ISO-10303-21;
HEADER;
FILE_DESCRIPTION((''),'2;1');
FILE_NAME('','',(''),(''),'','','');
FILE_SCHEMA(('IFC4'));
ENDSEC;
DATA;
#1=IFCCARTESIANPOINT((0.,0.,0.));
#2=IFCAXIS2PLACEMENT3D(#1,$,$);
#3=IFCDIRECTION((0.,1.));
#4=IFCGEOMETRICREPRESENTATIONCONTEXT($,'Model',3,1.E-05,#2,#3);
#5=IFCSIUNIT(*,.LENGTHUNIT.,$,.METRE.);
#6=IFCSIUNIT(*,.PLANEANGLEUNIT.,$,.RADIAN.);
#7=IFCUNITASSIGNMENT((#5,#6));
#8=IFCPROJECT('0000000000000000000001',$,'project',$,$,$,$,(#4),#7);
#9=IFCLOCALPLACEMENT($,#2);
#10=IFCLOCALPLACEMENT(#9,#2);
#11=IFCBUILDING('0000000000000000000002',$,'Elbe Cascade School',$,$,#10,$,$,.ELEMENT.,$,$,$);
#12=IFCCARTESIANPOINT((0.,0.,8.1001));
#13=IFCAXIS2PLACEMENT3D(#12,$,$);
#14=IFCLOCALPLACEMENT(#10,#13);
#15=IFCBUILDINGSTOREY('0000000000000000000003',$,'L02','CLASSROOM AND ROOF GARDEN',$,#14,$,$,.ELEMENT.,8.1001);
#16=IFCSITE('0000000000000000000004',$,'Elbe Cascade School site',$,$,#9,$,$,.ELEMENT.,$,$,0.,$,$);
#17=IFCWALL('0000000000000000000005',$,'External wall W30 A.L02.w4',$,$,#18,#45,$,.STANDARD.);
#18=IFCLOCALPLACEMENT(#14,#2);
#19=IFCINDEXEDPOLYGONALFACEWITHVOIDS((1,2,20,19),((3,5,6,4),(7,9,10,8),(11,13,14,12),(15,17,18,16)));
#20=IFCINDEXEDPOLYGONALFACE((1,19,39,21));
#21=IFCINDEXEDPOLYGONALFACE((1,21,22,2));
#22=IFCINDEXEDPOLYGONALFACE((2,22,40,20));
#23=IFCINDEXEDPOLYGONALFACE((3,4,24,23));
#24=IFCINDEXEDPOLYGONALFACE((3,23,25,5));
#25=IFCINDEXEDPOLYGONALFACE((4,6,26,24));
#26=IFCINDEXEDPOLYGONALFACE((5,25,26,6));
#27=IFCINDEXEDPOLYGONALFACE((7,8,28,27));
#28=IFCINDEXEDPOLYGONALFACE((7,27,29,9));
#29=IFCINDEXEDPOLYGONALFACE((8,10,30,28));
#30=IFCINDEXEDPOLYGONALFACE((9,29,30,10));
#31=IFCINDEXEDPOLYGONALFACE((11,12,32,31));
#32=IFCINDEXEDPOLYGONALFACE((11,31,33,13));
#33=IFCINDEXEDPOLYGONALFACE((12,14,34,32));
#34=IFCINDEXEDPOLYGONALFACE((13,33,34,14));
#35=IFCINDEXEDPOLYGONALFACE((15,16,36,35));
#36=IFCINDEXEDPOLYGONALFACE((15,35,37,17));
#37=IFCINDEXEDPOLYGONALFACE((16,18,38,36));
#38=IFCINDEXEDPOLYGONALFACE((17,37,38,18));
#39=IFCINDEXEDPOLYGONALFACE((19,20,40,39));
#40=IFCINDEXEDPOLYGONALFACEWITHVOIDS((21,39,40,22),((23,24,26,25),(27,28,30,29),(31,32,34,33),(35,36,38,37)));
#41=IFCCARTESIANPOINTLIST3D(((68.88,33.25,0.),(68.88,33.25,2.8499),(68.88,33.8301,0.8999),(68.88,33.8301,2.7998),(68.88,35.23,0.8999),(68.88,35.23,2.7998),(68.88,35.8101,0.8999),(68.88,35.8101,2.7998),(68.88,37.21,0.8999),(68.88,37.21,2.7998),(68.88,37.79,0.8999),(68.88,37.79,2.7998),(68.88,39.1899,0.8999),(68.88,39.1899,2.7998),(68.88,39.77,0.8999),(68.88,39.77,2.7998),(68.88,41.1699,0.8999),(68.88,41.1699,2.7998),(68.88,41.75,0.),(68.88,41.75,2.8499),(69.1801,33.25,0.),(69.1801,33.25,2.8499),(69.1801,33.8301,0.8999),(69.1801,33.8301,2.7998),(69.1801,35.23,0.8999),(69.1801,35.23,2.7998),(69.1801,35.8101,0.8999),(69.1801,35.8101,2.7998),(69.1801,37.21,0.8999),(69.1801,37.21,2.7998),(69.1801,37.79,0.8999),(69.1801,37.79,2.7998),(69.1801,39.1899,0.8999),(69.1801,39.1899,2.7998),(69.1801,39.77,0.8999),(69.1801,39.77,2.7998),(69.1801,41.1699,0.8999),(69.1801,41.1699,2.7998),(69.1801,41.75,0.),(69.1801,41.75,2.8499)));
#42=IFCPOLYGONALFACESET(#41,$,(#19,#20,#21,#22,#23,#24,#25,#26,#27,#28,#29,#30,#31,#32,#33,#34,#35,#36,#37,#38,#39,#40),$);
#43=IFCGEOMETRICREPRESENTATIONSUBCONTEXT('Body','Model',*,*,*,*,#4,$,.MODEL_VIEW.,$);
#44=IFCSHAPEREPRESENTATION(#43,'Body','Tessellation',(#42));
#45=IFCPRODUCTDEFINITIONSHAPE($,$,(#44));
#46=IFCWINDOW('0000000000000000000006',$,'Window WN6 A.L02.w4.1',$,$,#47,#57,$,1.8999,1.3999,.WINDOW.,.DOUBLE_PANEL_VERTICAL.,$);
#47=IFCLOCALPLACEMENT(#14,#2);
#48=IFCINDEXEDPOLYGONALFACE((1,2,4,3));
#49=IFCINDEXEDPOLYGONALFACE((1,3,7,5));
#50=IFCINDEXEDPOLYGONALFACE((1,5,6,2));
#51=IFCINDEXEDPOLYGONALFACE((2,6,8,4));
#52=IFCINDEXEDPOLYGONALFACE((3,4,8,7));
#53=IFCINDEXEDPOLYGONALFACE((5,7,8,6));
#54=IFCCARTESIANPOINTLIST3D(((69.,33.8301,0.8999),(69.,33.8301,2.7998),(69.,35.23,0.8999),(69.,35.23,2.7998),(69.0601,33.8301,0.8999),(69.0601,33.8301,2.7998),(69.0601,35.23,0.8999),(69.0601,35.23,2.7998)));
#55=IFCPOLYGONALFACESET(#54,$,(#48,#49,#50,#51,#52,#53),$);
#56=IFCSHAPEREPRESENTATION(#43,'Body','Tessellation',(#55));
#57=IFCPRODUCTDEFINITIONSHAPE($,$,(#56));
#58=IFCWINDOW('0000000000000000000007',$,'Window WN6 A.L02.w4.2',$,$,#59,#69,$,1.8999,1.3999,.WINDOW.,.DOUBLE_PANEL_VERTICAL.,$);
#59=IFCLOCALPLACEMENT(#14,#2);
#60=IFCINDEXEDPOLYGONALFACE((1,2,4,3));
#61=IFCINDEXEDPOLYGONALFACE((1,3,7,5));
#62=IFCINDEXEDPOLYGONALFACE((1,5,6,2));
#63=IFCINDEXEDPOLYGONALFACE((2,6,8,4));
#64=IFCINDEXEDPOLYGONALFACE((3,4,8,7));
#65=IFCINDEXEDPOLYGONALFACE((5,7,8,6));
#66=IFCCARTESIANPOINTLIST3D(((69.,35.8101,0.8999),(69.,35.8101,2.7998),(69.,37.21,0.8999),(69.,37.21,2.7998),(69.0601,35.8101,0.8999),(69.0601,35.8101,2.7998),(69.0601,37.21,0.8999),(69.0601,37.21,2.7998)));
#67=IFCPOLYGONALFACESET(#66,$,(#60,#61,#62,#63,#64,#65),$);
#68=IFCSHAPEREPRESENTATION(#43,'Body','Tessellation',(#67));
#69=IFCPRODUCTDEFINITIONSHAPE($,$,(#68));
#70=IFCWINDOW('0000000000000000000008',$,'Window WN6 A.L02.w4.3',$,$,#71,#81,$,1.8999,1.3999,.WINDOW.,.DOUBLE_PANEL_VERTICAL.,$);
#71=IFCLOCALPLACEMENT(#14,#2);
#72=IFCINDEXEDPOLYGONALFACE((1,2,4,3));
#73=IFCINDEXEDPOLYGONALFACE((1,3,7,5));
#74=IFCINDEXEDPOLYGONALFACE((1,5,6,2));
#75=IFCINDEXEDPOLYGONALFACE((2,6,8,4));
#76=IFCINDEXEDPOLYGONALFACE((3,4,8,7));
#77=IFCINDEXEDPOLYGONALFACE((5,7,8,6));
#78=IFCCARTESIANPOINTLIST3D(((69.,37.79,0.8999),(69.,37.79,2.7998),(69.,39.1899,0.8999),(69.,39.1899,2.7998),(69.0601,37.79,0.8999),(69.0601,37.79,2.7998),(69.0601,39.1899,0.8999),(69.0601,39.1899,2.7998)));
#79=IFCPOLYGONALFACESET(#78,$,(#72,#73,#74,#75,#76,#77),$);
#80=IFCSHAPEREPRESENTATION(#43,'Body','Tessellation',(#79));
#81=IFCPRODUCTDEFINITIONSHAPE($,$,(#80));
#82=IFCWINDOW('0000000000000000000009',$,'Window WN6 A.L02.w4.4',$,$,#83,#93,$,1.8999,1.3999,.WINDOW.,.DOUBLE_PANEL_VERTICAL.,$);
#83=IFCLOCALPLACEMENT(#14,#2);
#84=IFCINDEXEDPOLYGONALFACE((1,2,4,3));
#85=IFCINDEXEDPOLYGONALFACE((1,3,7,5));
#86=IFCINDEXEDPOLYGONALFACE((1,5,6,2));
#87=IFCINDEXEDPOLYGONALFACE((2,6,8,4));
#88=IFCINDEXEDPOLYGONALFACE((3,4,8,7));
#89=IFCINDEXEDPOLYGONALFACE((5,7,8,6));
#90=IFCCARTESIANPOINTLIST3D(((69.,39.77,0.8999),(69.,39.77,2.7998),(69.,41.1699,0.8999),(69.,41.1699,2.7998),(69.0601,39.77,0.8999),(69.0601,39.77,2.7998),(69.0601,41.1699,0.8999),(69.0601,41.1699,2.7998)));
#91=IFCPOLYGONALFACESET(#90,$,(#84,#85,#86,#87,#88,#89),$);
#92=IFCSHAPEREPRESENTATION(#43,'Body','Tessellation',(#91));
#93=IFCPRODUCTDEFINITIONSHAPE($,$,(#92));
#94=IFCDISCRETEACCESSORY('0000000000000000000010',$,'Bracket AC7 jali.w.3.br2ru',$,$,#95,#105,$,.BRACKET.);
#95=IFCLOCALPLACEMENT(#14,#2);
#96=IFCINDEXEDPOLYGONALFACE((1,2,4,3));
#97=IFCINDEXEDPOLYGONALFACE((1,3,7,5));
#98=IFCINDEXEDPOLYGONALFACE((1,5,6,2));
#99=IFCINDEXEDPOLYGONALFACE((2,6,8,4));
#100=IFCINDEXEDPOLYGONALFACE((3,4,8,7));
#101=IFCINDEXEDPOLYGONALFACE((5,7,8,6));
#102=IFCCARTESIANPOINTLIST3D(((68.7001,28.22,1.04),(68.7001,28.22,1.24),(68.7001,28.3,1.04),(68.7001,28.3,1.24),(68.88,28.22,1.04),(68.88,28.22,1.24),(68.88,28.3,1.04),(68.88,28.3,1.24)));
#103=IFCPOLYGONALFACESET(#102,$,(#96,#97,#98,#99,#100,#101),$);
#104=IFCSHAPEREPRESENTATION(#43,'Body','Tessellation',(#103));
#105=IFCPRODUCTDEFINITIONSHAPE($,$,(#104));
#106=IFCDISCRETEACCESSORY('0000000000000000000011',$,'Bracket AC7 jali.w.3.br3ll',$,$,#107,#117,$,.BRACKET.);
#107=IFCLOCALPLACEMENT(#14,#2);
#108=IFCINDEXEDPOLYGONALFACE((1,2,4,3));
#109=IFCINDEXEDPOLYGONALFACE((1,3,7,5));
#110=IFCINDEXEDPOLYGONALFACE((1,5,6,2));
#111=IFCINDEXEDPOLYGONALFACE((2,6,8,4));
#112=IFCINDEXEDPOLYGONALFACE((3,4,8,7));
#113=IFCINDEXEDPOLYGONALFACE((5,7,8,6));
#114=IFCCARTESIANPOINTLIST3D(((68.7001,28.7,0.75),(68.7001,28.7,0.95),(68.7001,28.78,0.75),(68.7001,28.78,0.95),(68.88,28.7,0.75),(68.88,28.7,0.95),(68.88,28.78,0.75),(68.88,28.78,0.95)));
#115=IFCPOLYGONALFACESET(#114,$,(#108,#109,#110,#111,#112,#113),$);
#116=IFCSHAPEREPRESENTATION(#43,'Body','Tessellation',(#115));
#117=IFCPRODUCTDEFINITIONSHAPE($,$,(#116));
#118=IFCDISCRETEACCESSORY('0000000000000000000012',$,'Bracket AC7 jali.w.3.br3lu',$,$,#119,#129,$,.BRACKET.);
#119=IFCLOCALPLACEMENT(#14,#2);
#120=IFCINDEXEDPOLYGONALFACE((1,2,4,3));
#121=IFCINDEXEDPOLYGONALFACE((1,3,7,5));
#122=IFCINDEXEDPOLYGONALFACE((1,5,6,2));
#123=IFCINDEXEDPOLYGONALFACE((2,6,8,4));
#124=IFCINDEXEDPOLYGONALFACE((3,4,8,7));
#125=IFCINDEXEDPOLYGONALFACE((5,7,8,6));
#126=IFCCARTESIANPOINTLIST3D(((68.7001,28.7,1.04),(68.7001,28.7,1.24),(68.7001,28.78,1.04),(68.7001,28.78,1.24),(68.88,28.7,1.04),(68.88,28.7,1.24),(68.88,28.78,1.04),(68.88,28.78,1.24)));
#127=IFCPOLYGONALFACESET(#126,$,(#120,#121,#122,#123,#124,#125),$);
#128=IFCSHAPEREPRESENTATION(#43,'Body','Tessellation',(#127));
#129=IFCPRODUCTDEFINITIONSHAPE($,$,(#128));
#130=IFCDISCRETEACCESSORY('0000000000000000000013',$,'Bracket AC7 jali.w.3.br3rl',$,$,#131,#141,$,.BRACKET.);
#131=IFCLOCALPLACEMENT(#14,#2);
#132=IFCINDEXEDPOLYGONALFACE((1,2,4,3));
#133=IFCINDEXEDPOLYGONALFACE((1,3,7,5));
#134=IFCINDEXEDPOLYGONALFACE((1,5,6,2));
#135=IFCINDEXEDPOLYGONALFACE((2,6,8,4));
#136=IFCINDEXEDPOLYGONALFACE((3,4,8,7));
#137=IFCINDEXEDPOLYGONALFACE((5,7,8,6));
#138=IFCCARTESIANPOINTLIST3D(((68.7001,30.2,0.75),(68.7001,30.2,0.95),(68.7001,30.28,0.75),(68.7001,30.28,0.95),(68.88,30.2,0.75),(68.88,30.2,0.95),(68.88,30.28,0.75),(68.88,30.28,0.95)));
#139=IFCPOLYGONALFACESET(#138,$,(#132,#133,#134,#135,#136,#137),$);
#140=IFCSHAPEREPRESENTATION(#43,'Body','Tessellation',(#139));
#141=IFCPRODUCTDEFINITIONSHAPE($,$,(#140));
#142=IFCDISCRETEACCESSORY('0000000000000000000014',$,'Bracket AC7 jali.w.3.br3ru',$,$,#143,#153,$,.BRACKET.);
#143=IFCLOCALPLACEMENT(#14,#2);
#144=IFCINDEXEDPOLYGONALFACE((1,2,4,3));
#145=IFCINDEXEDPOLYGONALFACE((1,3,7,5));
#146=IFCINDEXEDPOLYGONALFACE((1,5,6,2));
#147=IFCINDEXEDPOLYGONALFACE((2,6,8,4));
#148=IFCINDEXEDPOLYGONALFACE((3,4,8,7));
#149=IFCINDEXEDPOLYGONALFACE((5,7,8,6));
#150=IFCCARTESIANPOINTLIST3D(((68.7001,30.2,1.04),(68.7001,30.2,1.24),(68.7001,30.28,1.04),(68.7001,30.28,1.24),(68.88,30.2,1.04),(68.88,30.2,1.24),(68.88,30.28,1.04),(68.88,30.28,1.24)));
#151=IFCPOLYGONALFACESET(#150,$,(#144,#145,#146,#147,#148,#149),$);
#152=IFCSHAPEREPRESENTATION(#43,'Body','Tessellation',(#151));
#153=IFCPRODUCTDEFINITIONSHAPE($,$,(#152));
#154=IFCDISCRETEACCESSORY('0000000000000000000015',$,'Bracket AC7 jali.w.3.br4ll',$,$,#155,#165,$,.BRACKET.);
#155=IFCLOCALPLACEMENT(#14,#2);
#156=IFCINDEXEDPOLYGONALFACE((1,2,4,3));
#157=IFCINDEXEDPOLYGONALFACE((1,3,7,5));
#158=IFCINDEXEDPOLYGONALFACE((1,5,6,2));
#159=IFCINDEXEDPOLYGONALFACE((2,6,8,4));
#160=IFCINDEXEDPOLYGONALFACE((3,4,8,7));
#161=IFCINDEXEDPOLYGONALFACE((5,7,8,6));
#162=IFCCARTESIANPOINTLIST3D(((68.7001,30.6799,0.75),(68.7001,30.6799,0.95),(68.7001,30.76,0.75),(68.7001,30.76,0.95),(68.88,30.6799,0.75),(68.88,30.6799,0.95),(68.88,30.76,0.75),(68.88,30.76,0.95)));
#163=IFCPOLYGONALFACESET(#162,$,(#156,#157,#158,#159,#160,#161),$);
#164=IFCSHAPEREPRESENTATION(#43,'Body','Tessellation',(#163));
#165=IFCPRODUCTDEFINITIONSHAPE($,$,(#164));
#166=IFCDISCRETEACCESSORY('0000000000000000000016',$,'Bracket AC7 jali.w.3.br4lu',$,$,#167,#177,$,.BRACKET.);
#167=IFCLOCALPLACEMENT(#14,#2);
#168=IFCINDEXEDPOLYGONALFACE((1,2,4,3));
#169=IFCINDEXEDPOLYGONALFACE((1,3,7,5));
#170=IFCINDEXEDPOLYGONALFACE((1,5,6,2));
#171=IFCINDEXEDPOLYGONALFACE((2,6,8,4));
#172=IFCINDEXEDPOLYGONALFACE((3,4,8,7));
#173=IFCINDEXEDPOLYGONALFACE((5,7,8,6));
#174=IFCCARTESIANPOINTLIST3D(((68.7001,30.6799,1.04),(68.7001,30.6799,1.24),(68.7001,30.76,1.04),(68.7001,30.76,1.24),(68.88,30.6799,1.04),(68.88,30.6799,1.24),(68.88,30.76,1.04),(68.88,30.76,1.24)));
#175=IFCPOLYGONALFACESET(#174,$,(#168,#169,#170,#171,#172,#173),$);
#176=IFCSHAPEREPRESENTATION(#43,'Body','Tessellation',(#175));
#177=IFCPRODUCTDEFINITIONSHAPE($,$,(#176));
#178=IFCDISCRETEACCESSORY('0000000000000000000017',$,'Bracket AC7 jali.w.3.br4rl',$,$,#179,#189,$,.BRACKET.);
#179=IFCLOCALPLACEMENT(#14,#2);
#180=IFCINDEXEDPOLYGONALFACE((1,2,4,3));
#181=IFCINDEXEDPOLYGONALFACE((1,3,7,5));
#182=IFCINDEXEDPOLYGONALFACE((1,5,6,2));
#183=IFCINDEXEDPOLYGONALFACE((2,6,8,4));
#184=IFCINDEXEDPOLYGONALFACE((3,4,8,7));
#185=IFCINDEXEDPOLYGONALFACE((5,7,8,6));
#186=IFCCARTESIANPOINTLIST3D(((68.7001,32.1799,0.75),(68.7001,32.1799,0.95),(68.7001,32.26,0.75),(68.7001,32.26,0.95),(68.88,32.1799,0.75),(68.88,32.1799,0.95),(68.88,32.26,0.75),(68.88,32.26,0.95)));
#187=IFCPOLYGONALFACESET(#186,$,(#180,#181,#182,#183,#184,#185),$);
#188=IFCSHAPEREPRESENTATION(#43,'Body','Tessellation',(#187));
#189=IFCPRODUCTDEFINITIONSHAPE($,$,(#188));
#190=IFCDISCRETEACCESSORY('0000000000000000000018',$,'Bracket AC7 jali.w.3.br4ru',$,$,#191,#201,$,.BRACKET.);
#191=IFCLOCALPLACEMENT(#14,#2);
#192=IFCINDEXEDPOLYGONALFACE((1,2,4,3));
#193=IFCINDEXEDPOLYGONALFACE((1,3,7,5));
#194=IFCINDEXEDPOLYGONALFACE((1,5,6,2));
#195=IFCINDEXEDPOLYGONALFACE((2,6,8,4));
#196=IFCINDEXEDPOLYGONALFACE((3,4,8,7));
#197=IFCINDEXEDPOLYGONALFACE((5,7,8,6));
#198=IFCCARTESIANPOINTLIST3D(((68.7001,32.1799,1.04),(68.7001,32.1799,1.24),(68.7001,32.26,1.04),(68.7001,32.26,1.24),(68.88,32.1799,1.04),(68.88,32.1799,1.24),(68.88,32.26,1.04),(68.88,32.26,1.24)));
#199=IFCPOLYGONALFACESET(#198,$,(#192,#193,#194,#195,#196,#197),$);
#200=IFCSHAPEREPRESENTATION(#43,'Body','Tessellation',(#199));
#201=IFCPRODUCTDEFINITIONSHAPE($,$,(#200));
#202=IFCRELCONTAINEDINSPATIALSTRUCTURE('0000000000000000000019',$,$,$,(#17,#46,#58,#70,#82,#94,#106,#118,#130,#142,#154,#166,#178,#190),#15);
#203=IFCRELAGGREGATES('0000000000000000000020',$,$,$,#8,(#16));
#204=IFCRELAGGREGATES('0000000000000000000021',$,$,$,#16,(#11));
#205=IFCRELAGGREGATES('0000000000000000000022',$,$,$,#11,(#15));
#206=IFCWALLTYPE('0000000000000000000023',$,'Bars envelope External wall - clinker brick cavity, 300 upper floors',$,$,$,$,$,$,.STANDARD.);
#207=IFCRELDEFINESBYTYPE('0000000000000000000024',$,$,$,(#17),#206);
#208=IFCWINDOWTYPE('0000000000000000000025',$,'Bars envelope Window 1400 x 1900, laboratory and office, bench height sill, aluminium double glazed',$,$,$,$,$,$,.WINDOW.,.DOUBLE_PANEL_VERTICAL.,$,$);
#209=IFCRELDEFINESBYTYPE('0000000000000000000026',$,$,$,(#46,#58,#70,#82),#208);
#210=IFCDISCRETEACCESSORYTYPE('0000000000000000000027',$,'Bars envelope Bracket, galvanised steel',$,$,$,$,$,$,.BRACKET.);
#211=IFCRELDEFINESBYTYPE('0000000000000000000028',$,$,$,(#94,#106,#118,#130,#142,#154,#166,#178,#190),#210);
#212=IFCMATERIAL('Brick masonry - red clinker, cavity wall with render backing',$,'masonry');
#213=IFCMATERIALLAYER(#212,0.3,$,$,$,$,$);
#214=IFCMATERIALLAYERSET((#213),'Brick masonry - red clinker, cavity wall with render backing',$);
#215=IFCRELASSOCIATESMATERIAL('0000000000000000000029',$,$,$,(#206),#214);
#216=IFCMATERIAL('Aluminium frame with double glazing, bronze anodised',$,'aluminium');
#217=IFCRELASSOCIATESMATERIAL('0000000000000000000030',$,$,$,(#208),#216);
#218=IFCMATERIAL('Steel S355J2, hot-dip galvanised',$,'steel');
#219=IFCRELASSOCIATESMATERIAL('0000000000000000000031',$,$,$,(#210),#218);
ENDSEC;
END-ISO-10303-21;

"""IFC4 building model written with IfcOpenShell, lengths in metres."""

from ifc_helpers import new_model, si_unit, direction, frame, frame_2d, origin, origin_2d, place, context, subcontext, project, spatial, rectangle, extrude, material, layer, layer_set, type_object, element, fill, save


model = new_model("IFC4")

# Units and contexts
model_context = context("Model", 3, precision=1e-05, world=origin(), true_north=direction((0.0, 1.0)))
body_context = subcontext(model_context, "Body", "Model", "MODEL_VIEW")
ifc_project = project(units=[si_unit("LENGTHUNIT", "METRE"), si_unit("PLANEANGLEUNIT", "RADIAN")], contexts=[model_context])

# Site, building, storey
site_placement = place(None, origin())
site = spatial("IfcSite", under=ifc_project, at=site_placement, Name="Elbe Cascade School site", CompositionType="ELEMENT", RefElevation=0.0)
building_placement = place(site_placement, origin())
building = spatial("IfcBuilding", under=site, at=building_placement, Name="Elbe Cascade School", CompositionType="ELEMENT")
storey_placement = place(building_placement, frame((0.0, 0.0, 8.1001)))
storey = spatial("IfcBuildingStorey", under=building, at=storey_placement, Name="L02", Description="CLASSROOM AND ROOF GARDEN", CompositionType="ELEMENT", Elevation=8.1001)

# Wall, openings, windows
ifc_material_1 = material(Name="Brick masonry - red clinker, cavity wall with render backing", Category="masonry")
ifc_layer_1 = layer(ifc_material_1, 0.3)
ifc_layer_set_1 = layer_set([ifc_layer_1], Name="Brick masonry - red clinker, cavity wall with render backing")
wall_type_1 = type_object("IfcWallType", Name="Bars envelope External wall - clinker brick cavity, 300 upper floors", PredefinedType="STANDARD", material=ifc_layer_set_1)
ifc_material_2 = material(Name="Aluminium frame with double glazing, bronze anodised", Category="aluminium")
window_type = type_object("IfcWindowType", Name="Bars envelope Window 1400 x 1900, laboratory and office, bench height sill, aluminium double glazed", PartitioningType="DOUBLE_PANEL_VERTICAL", PredefinedType="WINDOW", material=ifc_material_2)
wall_1_placement = place(storey_placement, frame((69.03, 33.25, 0.0), z_axis=(0.0, 0.0, 1.0), x_axis=(0.0, 1.0, 0.0)))
wall_1 = element("IfcWall", 1, at=wall_1_placement, inside=storey, type_object=wall_type_1, Name="External wall W30 A.L02.w4", PredefinedType="STANDARD", context=body_context, shape_type="SweptSolid", body=[
    extrude(rectangle(XDim=8.5, YDim=0.3, at=frame_2d((4.25, 0.0))), origin(), (0.0, 0.0, 1.0), 2.8499),
])
opening_1_placement = place(wall_1_placement, frame((0.5801, 0.0, 0.8999)))
opening_1 = element("IfcOpeningElement", 2, at=opening_1_placement, cuts=wall_1, PredefinedType="OPENING", context=body_context, shape_type="SweptSolid", body=[
    extrude(rectangle(XDim=1.3999, YDim=1.8999, at=frame_2d((0.7, 0.95))), frame((0.0, 0.1599, 0.0), z_axis=(0.0, -1.0, 0.0), x_axis=(1.0, 0.0, 0.0)), (0.0, 0.0, 1.0), 0.3201),
])
opening_2_placement = place(wall_1_placement, frame((2.5601, 0.0, 0.8999)))
opening_2 = element("IfcOpeningElement", 3, at=opening_2_placement, cuts=wall_1, PredefinedType="OPENING", context=body_context, shape_type="SweptSolid", body=[
    extrude(rectangle(XDim=1.3999, YDim=1.8999, at=frame_2d((0.7, 0.95))), frame((0.0, 0.1599, 0.0), z_axis=(0.0, -1.0, 0.0), x_axis=(1.0, 0.0, 0.0)), (0.0, 0.0, 1.0), 0.3201),
])
opening_3_placement = place(wall_1_placement, frame((4.54, 0.0, 0.8999)))
opening_3 = element("IfcOpeningElement", 4, at=opening_3_placement, cuts=wall_1, PredefinedType="OPENING", context=body_context, shape_type="SweptSolid", body=[
    extrude(rectangle(XDim=1.3999, YDim=1.8999, at=frame_2d((0.7, 0.95))), frame((0.0, 0.1599, 0.0), z_axis=(0.0, -1.0, 0.0), x_axis=(1.0, 0.0, 0.0)), (0.0, 0.0, 1.0), 0.3201),
])
opening_4_placement = place(wall_1_placement, frame((6.52, 0.0, 0.8999)))
opening_4 = element("IfcOpeningElement", 5, at=opening_4_placement, cuts=wall_1, PredefinedType="OPENING", context=body_context, shape_type="SweptSolid", body=[
    extrude(rectangle(XDim=1.3999, YDim=1.8999, at=frame_2d((0.7, 0.95))), frame((0.0, 0.1599, 0.0), z_axis=(0.0, -1.0, 0.0), x_axis=(1.0, 0.0, 0.0)), (0.0, 0.0, 1.0), 0.3201),
])
window_1_placement = place(opening_1_placement, origin())
window_1 = element("IfcWindow", 6, at=window_1_placement, inside=storey, type_object=window_type, Name="Window WN6 A.L02.w4.1", OverallHeight=1.8999, OverallWidth=1.3999, PartitioningType="DOUBLE_PANEL_VERTICAL", PredefinedType="WINDOW", context=body_context, shape_type="SweptSolid", body=[
    extrude(rectangle(XDim=1.3999, YDim=1.8999, at=frame_2d((0.7, 0.95))), frame((0.0, 0.03, 0.0), z_axis=(0.0, -1.0, 0.0), x_axis=(1.0, 0.0, 0.0)), (0.0, 0.0, 1.0), 0.0601),
])
fill(opening_1, window_1)
window_2_placement = place(opening_2_placement, origin())
window_2 = element("IfcWindow", 7, at=window_2_placement, inside=storey, type_object=window_type, Name="Window WN6 A.L02.w4.2", OverallHeight=1.8999, OverallWidth=1.3999, PartitioningType="DOUBLE_PANEL_VERTICAL", PredefinedType="WINDOW", context=body_context, shape_type="SweptSolid", body=[
    extrude(rectangle(XDim=1.3999, YDim=1.8999, at=frame_2d((0.7, 0.95))), frame((0.0, 0.03, 0.0), z_axis=(0.0, -1.0, 0.0), x_axis=(1.0, 0.0, 0.0)), (0.0, 0.0, 1.0), 0.0601),
])
fill(opening_2, window_2)
window_3_placement = place(opening_3_placement, origin())
window_3 = element("IfcWindow", 8, at=window_3_placement, inside=storey, type_object=window_type, Name="Window WN6 A.L02.w4.3", OverallHeight=1.8999, OverallWidth=1.3999, PartitioningType="DOUBLE_PANEL_VERTICAL", PredefinedType="WINDOW", context=body_context, shape_type="SweptSolid", body=[
    extrude(rectangle(XDim=1.3999, YDim=1.8999, at=frame_2d((0.7, 0.95))), frame((0.0, 0.03, 0.0), z_axis=(0.0, -1.0, 0.0), x_axis=(1.0, 0.0, 0.0)), (0.0, 0.0, 1.0), 0.0601),
])
fill(opening_3, window_3)
window_4_placement = place(opening_4_placement, origin())
window_4 = element("IfcWindow", 9, at=window_4_placement, inside=storey, type_object=window_type, Name="Window WN6 A.L02.w4.4", OverallHeight=1.8999, OverallWidth=1.3999, PartitioningType="DOUBLE_PANEL_VERTICAL", PredefinedType="WINDOW", context=body_context, shape_type="SweptSolid", body=[
    extrude(rectangle(XDim=1.3999, YDim=1.8999, at=frame_2d((0.7, 0.95))), frame((0.0, 0.03, 0.0), z_axis=(0.0, -1.0, 0.0), x_axis=(1.0, 0.0, 0.0)), (0.0, 0.0, 1.0), 0.0601),
])
fill(opening_4, window_4)

# Discrete accessories
ifc_material_3 = material(Name="Steel S355J2, hot-dip galvanised", Category="steel")
discrete_accessory_type = type_object("IfcDiscreteAccessoryType", Name="Bars envelope Bracket, galvanised steel", PredefinedType="BRACKET", material=ifc_material_3)
for number, where, z_axis, x_axis, name in (
    (10, (68.79, 28.26, 1.04), (0.0, 0.0, 1.0), (0.0, 1.0, 0.0), "Bracket AC7 jali.w.3.br2ru"),
    (11, (68.79, 28.74, 0.75), (0.0, 0.0, 1.0), (0.0, 1.0, 0.0), "Bracket AC7 jali.w.3.br3ll"),
    (12, (68.79, 28.74, 1.04), (0.0, 0.0, 1.0), (0.0, 1.0, 0.0), "Bracket AC7 jali.w.3.br3lu"),
    (13, (68.79, 30.24, 0.75), (0.0, 0.0, 1.0), (0.0, 1.0, 0.0), "Bracket AC7 jali.w.3.br3rl"),
    (14, (68.79, 30.24, 1.04), (0.0, 0.0, 1.0), (0.0, 1.0, 0.0), "Bracket AC7 jali.w.3.br3ru"),
    (15, (68.79, 30.72, 0.75), (0.0, 0.0, 1.0), (0.0, 1.0, 0.0), "Bracket AC7 jali.w.3.br4ll"),
    (16, (68.79, 30.72, 1.04), (0.0, 0.0, 1.0), (0.0, 1.0, 0.0), "Bracket AC7 jali.w.3.br4lu"),
    (17, (68.79, 32.22, 0.75), (0.0, 0.0, 1.0), (0.0, 1.0, 0.0), "Bracket AC7 jali.w.3.br4rl"),
    (18, (68.79, 32.22, 1.04), (0.0, 0.0, 1.0), (0.0, 1.0, 0.0), "Bracket AC7 jali.w.3.br4ru"),
):
    element("IfcDiscreteAccessory", number, at=place(storey_placement, frame(where, z_axis=z_axis, x_axis=x_axis)), inside=storey, type_object=discrete_accessory_type, Name=name, PredefinedType="BRACKET", context=body_context, shape_type="SweptSolid", body=[
        extrude(rectangle(XDim=0.0801, YDim=0.1799, at=origin_2d()), origin(), (0.0, 0.0, 1.0), 0.2),
    ])

save(model, "model.ifc")
